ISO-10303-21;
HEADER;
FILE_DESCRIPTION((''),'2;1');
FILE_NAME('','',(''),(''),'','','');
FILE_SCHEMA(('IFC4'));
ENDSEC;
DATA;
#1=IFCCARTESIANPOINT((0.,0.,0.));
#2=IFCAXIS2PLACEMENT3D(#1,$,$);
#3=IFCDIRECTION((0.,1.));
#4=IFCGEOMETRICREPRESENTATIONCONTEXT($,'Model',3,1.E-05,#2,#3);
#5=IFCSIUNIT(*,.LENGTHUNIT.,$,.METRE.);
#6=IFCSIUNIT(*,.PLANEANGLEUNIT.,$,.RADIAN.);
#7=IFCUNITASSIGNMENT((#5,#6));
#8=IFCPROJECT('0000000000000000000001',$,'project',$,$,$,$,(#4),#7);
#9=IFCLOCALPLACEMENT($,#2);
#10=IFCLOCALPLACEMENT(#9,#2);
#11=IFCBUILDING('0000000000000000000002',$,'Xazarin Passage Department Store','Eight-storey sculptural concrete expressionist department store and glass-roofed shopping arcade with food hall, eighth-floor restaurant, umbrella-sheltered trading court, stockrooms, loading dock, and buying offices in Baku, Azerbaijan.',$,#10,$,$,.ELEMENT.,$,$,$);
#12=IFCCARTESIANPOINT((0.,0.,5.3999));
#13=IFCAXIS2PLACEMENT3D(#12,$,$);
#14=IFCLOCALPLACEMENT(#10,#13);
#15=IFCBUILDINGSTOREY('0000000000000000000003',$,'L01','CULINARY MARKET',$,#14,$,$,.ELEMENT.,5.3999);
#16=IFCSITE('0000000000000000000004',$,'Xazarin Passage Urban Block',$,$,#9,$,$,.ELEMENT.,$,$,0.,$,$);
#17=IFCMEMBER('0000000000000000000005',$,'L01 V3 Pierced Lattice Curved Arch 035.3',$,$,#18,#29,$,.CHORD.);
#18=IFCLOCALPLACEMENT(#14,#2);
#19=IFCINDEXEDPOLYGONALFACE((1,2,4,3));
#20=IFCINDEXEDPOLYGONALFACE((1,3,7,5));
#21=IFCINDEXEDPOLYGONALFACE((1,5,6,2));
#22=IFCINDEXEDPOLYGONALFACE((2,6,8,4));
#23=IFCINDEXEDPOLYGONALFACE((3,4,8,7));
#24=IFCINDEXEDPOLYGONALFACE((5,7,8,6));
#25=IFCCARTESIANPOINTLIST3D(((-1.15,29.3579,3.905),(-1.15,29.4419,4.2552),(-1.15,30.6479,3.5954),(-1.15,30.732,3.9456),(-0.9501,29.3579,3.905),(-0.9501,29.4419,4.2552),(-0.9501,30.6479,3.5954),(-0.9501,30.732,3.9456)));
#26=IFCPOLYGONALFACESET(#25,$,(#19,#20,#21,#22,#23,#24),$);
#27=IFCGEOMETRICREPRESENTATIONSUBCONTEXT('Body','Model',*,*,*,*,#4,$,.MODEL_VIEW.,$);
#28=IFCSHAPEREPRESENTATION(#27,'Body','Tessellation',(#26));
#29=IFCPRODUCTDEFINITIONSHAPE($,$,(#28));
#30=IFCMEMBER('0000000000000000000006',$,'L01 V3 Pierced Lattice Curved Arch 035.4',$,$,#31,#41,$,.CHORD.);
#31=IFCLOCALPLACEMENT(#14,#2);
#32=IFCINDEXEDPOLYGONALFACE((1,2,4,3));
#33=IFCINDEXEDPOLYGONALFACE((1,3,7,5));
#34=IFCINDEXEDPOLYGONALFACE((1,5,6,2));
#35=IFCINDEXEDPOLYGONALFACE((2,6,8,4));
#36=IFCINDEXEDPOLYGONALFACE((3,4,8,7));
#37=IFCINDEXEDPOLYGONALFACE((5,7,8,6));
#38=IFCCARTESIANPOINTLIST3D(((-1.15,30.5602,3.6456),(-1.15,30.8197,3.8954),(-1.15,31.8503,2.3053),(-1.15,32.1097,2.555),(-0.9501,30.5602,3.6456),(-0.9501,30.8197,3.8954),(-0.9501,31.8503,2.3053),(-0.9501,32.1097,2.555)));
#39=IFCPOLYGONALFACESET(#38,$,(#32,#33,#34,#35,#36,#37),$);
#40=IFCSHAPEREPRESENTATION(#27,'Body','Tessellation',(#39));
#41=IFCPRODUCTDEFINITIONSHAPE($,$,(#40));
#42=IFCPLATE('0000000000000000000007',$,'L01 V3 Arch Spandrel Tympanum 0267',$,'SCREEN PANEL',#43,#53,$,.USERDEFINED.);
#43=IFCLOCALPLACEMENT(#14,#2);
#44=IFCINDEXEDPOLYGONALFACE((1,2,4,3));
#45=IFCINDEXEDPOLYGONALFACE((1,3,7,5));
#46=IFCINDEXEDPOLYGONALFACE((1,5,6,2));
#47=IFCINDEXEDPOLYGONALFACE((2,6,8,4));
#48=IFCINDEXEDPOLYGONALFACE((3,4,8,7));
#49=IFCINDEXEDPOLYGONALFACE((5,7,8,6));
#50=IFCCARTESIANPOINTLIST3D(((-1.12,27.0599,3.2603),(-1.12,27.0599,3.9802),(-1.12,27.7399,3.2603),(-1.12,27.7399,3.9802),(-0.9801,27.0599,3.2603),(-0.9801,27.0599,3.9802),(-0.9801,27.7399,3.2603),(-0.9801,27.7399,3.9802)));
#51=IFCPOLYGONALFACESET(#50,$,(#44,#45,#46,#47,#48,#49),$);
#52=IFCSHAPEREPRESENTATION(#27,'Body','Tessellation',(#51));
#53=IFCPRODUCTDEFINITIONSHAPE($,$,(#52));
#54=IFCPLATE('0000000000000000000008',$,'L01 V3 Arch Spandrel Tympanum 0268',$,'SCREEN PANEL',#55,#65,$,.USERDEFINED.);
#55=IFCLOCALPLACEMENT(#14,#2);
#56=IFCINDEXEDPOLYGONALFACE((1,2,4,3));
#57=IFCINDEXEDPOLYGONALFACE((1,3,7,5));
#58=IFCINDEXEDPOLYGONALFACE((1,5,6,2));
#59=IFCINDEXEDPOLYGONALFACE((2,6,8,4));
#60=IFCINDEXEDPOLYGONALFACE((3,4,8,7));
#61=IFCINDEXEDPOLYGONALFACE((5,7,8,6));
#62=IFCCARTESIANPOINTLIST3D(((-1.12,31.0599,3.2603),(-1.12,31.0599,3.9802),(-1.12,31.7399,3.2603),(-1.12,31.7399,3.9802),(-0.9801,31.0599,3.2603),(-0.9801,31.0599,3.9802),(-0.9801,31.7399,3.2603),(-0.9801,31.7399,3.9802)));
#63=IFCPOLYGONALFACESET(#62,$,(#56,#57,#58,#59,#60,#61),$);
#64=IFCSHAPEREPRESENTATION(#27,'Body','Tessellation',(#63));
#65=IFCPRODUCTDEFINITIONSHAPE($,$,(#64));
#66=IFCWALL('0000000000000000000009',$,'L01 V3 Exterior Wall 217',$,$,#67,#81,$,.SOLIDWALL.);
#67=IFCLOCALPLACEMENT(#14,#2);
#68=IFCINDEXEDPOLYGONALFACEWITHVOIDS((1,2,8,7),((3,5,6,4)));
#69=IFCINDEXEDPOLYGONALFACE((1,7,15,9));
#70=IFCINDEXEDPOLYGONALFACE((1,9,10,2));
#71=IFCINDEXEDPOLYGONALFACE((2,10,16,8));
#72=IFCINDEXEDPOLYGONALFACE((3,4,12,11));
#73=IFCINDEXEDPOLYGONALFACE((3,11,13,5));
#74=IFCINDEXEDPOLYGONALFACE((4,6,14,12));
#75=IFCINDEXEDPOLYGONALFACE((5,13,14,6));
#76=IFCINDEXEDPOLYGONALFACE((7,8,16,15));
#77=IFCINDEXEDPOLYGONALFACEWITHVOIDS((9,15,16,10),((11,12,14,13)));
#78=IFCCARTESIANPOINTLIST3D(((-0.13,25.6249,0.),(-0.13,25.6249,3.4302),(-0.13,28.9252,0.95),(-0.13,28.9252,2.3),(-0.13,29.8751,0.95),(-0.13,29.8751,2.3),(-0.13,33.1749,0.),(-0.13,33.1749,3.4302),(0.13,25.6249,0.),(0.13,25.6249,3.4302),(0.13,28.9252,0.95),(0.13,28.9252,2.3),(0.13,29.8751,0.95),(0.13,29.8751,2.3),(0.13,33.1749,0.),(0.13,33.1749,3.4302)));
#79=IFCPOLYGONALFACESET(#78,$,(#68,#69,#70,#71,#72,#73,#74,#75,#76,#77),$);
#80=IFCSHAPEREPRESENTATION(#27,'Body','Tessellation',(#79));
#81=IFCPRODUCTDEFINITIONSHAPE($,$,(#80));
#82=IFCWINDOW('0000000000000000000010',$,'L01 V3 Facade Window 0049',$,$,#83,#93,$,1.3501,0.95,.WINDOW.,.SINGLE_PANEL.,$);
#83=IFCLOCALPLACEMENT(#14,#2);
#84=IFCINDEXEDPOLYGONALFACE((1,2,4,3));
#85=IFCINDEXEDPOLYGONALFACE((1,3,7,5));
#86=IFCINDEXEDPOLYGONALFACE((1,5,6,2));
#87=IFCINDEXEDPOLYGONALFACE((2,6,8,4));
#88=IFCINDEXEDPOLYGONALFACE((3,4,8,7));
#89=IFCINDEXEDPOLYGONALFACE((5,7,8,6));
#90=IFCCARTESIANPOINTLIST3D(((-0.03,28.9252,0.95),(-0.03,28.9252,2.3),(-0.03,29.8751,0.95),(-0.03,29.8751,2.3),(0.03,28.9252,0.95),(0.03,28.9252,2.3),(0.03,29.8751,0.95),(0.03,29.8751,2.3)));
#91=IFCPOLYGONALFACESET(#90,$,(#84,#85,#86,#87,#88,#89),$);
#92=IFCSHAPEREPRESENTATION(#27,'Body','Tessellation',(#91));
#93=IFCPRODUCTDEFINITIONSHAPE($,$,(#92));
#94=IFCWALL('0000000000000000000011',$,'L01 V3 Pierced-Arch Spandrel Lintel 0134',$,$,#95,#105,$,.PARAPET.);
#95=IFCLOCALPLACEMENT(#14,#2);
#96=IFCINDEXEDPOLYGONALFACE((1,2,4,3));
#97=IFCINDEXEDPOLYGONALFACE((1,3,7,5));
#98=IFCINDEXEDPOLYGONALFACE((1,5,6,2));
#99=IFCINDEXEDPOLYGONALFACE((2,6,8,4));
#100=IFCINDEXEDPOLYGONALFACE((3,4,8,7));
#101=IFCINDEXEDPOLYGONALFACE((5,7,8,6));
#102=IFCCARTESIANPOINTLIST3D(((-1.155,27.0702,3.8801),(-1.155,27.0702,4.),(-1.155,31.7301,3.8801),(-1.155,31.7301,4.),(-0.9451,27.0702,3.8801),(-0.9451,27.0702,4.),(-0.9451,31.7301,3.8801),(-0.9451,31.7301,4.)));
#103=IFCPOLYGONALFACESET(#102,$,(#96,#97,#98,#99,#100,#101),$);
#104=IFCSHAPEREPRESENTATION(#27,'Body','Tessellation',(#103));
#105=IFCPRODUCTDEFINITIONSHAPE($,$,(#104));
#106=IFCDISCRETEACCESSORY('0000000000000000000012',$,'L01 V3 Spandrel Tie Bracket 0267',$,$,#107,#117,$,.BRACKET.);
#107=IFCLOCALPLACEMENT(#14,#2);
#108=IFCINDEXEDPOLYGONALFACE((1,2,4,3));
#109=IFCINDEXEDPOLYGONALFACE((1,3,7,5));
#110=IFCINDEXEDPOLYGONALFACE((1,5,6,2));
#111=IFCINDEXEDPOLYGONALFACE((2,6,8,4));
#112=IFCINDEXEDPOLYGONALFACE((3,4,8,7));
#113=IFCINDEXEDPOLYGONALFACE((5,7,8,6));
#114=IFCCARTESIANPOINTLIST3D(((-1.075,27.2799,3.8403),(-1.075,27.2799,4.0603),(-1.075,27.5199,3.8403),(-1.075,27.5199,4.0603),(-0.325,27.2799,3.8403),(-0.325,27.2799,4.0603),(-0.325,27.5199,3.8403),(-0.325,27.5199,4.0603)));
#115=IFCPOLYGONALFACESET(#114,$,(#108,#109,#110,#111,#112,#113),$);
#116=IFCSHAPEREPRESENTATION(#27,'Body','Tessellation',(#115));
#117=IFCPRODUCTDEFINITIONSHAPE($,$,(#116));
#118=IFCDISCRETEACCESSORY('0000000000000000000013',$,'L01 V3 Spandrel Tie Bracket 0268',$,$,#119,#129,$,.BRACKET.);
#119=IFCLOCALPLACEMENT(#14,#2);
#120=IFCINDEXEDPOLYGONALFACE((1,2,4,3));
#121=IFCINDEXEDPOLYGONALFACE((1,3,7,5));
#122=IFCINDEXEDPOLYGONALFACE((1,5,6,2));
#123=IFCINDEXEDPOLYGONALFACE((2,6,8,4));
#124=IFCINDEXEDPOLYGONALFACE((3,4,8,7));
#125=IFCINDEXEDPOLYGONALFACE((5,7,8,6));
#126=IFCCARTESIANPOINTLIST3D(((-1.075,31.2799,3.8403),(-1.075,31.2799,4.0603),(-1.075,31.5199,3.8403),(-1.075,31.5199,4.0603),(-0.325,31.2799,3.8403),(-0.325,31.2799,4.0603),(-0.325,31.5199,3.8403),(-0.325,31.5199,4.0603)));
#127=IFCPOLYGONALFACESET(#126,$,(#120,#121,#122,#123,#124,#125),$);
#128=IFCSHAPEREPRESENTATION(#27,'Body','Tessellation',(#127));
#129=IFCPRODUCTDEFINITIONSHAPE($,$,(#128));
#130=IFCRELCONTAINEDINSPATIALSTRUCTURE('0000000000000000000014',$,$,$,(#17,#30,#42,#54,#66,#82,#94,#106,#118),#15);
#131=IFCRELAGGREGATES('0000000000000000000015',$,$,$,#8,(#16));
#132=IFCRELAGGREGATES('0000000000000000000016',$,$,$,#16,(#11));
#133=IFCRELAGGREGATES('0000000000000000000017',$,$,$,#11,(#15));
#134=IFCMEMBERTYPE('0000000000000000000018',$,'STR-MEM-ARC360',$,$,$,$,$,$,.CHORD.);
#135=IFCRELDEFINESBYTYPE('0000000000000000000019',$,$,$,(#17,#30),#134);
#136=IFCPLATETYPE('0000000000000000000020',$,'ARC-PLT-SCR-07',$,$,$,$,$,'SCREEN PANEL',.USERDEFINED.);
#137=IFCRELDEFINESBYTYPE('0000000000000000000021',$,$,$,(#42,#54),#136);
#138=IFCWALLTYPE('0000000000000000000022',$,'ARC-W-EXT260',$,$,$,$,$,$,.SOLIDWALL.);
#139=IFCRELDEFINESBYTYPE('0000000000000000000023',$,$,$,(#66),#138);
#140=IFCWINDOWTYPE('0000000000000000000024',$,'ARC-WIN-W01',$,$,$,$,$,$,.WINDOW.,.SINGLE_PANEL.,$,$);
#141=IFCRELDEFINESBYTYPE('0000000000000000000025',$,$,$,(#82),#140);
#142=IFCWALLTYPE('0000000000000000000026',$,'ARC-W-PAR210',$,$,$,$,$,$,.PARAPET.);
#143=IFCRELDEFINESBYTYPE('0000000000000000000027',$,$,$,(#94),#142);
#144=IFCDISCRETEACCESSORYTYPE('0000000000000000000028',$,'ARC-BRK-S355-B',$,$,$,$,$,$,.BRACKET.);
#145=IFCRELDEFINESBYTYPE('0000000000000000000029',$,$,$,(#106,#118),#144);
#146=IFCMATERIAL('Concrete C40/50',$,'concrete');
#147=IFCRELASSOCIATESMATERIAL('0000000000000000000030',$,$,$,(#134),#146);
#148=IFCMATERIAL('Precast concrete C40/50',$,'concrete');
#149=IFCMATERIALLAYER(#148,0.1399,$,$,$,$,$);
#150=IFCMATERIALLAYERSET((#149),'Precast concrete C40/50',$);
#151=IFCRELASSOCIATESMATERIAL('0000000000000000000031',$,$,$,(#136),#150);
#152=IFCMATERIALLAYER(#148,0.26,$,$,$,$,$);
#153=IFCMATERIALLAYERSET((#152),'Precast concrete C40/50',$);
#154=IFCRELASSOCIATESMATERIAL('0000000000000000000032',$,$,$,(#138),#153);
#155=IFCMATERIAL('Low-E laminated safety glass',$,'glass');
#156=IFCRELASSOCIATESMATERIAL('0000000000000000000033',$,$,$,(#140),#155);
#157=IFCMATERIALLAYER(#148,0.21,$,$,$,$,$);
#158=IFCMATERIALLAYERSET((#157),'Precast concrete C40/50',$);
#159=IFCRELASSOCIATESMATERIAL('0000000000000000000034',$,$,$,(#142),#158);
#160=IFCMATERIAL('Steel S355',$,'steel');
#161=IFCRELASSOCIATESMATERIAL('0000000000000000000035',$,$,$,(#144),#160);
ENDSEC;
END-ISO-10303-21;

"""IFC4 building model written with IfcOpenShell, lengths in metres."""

from ifc_helpers import new_model, si_unit, direction, frame, frame_2d, origin, origin_2d, place, context, subcontext, project, spatial, rectangle, extrude, material, layer, layer_set, material_profile, profile_set, type_object, element, fill, save


model = new_model("IFC4")

# Units and contexts
model_context = context("Model", 3, precision=1e-05, world=origin(), true_north=direction((0.0, 1.0)))
body_context = subcontext(model_context, "Body", "Model", "MODEL_VIEW")
ifc_project = project(units=[si_unit("LENGTHUNIT", "METRE"), si_unit("PLANEANGLEUNIT", "RADIAN")], contexts=[model_context])

# Site, building, storey
site_placement = place(None, origin())
site = spatial("IfcSite", under=ifc_project, at=site_placement, Name="Xazarin Passage Urban Block", CompositionType="ELEMENT", RefElevation=0.0)
building_placement = place(site_placement, origin())
building = spatial("IfcBuilding", under=site, at=building_placement, Name="Xazarin Passage Department Store", Description="Eight-storey sculptural concrete expressionist department store and glass-roofed shopping arcade with food hall, eighth-floor restaurant, umbrella-sheltered trading court, stockrooms, loading dock, and buying offices in Baku, Azerbaijan.", CompositionType="ELEMENT")
storey_placement = place(building_placement, frame((0.0, 0.0, 5.3999)))
storey = spatial("IfcBuildingStorey", under=building, at=storey_placement, Name="L01", Description="CULINARY MARKET", CompositionType="ELEMENT", Elevation=5.3999)

# Shared definitions
ifc_material_1 = material(Name="Concrete C40/50", Category="concrete")

# Members
ifc_material_profile_1 = material_profile(ifc_material_1, rectangle(XDim=0.2, YDim=0.3601, at=origin_2d()), Name="RC 200x360")
ifc_profile_set_1 = profile_set([ifc_material_profile_1], Name="Concrete C40/50")
member_type_1 = type_object("IfcMemberType", Name="STR-MEM-ARC360", PredefinedType="CHORD", material=ifc_profile_set_1)
member_1_placement = place(storey_placement, frame((-1.05, 29.3999, 4.0801), z_axis=(0.0, 0.972394, -0.233345), x_axis=(-1.0, 0.0, 0.0)))
element("IfcMember", 1, at=member_1_placement, inside=storey, type_object=member_type_1, Name="L01 V3 Pierced Lattice Curved Arch 035.3", PredefinedType="CHORD", context=body_context, shape_type="SweptSolid", body=[
    extrude(rectangle(XDim=0.2, YDim=0.3601, at=origin_2d()), origin(), (0.0, 0.0, 1.0), 1.3267),
])
member_2_placement = place(storey_placement, frame((-1.05, 30.6899, 3.7705), z_axis=(0.0, 0.69346, -0.720495), x_axis=(-1.0, 0.0, 0.0)))
element("IfcMember", 2, at=member_2_placement, inside=storey, type_object=member_type_1, Name="L01 V3 Pierced Lattice Curved Arch 035.4", PredefinedType="CHORD", context=body_context, shape_type="SweptSolid", body=[
    extrude(rectangle(XDim=0.2, YDim=0.3601, at=origin_2d()), origin(), (0.0, 0.0, 1.0), 1.8604),
])

# Plates
ifc_material_2 = material(Name="Precast concrete C40/50", Category="concrete")
ifc_layer_1 = layer(ifc_material_2, 0.1399)
ifc_layer_set_1 = layer_set([ifc_layer_1], Name="Precast concrete C40/50")
plate_type = type_object("IfcPlateType", Name="ARC-PLT-SCR-07", ElementType="SCREEN PANEL", PredefinedType="USERDEFINED", material=ifc_layer_set_1)
for number, where, z_axis, x_axis, name in (
    (3, (-1.05, 27.3999, 3.2603), (0.0, 0.0, 1.0), (0.0, 1.0, 0.0), "L01 V3 Arch Spandrel Tympanum 0267"),
    (4, (-1.05, 31.3999, 3.2603), (0.0, 0.0, 1.0), (0.0, 1.0, 0.0), "L01 V3 Arch Spandrel Tympanum 0268"),
):
    element("IfcPlate", number, at=place(storey_placement, frame(where, z_axis=z_axis, x_axis=x_axis)), inside=storey, type_object=plate_type, Name=name, ObjectType="SCREEN PANEL", PredefinedType="USERDEFINED", context=body_context, shape_type="SweptSolid", body=[
        extrude(rectangle(XDim=0.6799, YDim=0.1399, at=origin_2d()), origin(), (0.0, 0.0, 1.0), 0.72),
    ])

# Wall, opening, window
ifc_layer_2 = layer(ifc_material_2, 0.26)
ifc_layer_set_2 = layer_set([ifc_layer_2], Name="Precast concrete C40/50")
wall_type_1 = type_object("IfcWallType", Name="ARC-W-EXT260", PredefinedType="SOLIDWALL", material=ifc_layer_set_2)
wall_1_placement = place(storey_placement, frame((0.0, 25.625, 0.0), z_axis=(0.0, 0.0, 1.0), x_axis=(0.0, 1.0, 0.0)))
wall_1 = element("IfcWall", 5, at=wall_1_placement, inside=storey, type_object=wall_type_1, Name="L01 V3 Exterior Wall 217", PredefinedType="SOLIDWALL", context=body_context, shape_type="SweptSolid", body=[
    extrude(rectangle(XDim=7.55, YDim=0.26, at=frame_2d((3.7749, 0.0))), origin(), (0.0, 0.0, 1.0), 3.4302),
])
opening_placement = place(wall_1_placement, frame((3.3, 0.0, 0.95)))
opening = element("IfcOpeningElement", 6, at=opening_placement, cuts=wall_1, PredefinedType="OPENING", context=body_context, shape_type="SweptSolid", body=[
    extrude(rectangle(XDim=0.95, YDim=1.3501, at=frame_2d((0.4751, 0.675))), frame((0.0, 0.1399, 0.0), z_axis=(0.0, -1.0, 0.0), x_axis=(1.0, 0.0, 0.0)), (0.0, 0.0, 1.0), 0.28),
])
ifc_material_3 = material(Name="Low-E laminated safety glass", Category="glass")
window_type = type_object("IfcWindowType", Name="ARC-WIN-W01", PartitioningType="SINGLE_PANEL", PredefinedType="WINDOW", material=ifc_material_3)
window_placement = place(opening_placement, origin())
window = element("IfcWindow", 7, at=window_placement, inside=storey, type_object=window_type, Name="L01 V3 Facade Window 0049", OverallHeight=1.3501, OverallWidth=0.95, PartitioningType="SINGLE_PANEL", PredefinedType="WINDOW", context=body_context, shape_type="SweptSolid", body=[
    extrude(rectangle(XDim=0.95, YDim=1.3501, at=frame_2d((0.4751, 0.675))), frame((0.0, 0.03, 0.0), z_axis=(0.0, -1.0, 0.0), x_axis=(1.0, 0.0, 0.0)), (0.0, 0.0, 1.0), 0.0601),
])
fill(opening, window)

# Wall
ifc_layer_3 = layer(ifc_material_2, 0.21)
ifc_layer_set_3 = layer_set([ifc_layer_3], Name="Precast concrete C40/50")
wall_type_2 = type_object("IfcWallType", Name="ARC-W-PAR210", PredefinedType="PARAPET", material=ifc_layer_set_3)
wall_2_placement = place(storey_placement, frame((-1.05, 27.0701, 3.8801), z_axis=(0.0, 0.0, 1.0), x_axis=(0.0, 1.0, 0.0)))
element("IfcWall", 8, at=wall_2_placement, inside=storey, type_object=wall_type_2, Name="L01 V3 Pierced-Arch Spandrel Lintel 0134", PredefinedType="PARAPET", context=body_context, shape_type="SweptSolid", body=[
    extrude(rectangle(XDim=4.6599, YDim=0.21, at=frame_2d((2.3301, 0.0))), origin(), (0.0, 0.0, 1.0), 0.1199),
])

# Discrete accessories
ifc_material_4 = material(Name="Steel S355", Category="steel")
discrete_accessory_type = type_object("IfcDiscreteAccessoryType", Name="ARC-BRK-S355-B", PredefinedType="BRACKET", material=ifc_material_4)
for number, where, z_axis, x_axis, name in (
    (9, (-0.7, 27.3999, 3.8403), (0.0, 0.0, 1.0), (0.0, 1.0, 0.0), "L01 V3 Spandrel Tie Bracket 0267"),
    (10, (-0.7, 31.3999, 3.8403), (0.0, 0.0, 1.0), (0.0, 1.0, 0.0), "L01 V3 Spandrel Tie Bracket 0268"),
):
    element("IfcDiscreteAccessory", number, at=place(storey_placement, frame(where, z_axis=z_axis, x_axis=x_axis)), inside=storey, type_object=discrete_accessory_type, Name=name, PredefinedType="BRACKET", context=body_context, shape_type="SweptSolid", body=[
        extrude(rectangle(XDim=0.24, YDim=0.75, at=origin_2d()), origin(), (0.0, 0.0, 1.0), 0.22),
    ])

save(model, "model.ifc")
